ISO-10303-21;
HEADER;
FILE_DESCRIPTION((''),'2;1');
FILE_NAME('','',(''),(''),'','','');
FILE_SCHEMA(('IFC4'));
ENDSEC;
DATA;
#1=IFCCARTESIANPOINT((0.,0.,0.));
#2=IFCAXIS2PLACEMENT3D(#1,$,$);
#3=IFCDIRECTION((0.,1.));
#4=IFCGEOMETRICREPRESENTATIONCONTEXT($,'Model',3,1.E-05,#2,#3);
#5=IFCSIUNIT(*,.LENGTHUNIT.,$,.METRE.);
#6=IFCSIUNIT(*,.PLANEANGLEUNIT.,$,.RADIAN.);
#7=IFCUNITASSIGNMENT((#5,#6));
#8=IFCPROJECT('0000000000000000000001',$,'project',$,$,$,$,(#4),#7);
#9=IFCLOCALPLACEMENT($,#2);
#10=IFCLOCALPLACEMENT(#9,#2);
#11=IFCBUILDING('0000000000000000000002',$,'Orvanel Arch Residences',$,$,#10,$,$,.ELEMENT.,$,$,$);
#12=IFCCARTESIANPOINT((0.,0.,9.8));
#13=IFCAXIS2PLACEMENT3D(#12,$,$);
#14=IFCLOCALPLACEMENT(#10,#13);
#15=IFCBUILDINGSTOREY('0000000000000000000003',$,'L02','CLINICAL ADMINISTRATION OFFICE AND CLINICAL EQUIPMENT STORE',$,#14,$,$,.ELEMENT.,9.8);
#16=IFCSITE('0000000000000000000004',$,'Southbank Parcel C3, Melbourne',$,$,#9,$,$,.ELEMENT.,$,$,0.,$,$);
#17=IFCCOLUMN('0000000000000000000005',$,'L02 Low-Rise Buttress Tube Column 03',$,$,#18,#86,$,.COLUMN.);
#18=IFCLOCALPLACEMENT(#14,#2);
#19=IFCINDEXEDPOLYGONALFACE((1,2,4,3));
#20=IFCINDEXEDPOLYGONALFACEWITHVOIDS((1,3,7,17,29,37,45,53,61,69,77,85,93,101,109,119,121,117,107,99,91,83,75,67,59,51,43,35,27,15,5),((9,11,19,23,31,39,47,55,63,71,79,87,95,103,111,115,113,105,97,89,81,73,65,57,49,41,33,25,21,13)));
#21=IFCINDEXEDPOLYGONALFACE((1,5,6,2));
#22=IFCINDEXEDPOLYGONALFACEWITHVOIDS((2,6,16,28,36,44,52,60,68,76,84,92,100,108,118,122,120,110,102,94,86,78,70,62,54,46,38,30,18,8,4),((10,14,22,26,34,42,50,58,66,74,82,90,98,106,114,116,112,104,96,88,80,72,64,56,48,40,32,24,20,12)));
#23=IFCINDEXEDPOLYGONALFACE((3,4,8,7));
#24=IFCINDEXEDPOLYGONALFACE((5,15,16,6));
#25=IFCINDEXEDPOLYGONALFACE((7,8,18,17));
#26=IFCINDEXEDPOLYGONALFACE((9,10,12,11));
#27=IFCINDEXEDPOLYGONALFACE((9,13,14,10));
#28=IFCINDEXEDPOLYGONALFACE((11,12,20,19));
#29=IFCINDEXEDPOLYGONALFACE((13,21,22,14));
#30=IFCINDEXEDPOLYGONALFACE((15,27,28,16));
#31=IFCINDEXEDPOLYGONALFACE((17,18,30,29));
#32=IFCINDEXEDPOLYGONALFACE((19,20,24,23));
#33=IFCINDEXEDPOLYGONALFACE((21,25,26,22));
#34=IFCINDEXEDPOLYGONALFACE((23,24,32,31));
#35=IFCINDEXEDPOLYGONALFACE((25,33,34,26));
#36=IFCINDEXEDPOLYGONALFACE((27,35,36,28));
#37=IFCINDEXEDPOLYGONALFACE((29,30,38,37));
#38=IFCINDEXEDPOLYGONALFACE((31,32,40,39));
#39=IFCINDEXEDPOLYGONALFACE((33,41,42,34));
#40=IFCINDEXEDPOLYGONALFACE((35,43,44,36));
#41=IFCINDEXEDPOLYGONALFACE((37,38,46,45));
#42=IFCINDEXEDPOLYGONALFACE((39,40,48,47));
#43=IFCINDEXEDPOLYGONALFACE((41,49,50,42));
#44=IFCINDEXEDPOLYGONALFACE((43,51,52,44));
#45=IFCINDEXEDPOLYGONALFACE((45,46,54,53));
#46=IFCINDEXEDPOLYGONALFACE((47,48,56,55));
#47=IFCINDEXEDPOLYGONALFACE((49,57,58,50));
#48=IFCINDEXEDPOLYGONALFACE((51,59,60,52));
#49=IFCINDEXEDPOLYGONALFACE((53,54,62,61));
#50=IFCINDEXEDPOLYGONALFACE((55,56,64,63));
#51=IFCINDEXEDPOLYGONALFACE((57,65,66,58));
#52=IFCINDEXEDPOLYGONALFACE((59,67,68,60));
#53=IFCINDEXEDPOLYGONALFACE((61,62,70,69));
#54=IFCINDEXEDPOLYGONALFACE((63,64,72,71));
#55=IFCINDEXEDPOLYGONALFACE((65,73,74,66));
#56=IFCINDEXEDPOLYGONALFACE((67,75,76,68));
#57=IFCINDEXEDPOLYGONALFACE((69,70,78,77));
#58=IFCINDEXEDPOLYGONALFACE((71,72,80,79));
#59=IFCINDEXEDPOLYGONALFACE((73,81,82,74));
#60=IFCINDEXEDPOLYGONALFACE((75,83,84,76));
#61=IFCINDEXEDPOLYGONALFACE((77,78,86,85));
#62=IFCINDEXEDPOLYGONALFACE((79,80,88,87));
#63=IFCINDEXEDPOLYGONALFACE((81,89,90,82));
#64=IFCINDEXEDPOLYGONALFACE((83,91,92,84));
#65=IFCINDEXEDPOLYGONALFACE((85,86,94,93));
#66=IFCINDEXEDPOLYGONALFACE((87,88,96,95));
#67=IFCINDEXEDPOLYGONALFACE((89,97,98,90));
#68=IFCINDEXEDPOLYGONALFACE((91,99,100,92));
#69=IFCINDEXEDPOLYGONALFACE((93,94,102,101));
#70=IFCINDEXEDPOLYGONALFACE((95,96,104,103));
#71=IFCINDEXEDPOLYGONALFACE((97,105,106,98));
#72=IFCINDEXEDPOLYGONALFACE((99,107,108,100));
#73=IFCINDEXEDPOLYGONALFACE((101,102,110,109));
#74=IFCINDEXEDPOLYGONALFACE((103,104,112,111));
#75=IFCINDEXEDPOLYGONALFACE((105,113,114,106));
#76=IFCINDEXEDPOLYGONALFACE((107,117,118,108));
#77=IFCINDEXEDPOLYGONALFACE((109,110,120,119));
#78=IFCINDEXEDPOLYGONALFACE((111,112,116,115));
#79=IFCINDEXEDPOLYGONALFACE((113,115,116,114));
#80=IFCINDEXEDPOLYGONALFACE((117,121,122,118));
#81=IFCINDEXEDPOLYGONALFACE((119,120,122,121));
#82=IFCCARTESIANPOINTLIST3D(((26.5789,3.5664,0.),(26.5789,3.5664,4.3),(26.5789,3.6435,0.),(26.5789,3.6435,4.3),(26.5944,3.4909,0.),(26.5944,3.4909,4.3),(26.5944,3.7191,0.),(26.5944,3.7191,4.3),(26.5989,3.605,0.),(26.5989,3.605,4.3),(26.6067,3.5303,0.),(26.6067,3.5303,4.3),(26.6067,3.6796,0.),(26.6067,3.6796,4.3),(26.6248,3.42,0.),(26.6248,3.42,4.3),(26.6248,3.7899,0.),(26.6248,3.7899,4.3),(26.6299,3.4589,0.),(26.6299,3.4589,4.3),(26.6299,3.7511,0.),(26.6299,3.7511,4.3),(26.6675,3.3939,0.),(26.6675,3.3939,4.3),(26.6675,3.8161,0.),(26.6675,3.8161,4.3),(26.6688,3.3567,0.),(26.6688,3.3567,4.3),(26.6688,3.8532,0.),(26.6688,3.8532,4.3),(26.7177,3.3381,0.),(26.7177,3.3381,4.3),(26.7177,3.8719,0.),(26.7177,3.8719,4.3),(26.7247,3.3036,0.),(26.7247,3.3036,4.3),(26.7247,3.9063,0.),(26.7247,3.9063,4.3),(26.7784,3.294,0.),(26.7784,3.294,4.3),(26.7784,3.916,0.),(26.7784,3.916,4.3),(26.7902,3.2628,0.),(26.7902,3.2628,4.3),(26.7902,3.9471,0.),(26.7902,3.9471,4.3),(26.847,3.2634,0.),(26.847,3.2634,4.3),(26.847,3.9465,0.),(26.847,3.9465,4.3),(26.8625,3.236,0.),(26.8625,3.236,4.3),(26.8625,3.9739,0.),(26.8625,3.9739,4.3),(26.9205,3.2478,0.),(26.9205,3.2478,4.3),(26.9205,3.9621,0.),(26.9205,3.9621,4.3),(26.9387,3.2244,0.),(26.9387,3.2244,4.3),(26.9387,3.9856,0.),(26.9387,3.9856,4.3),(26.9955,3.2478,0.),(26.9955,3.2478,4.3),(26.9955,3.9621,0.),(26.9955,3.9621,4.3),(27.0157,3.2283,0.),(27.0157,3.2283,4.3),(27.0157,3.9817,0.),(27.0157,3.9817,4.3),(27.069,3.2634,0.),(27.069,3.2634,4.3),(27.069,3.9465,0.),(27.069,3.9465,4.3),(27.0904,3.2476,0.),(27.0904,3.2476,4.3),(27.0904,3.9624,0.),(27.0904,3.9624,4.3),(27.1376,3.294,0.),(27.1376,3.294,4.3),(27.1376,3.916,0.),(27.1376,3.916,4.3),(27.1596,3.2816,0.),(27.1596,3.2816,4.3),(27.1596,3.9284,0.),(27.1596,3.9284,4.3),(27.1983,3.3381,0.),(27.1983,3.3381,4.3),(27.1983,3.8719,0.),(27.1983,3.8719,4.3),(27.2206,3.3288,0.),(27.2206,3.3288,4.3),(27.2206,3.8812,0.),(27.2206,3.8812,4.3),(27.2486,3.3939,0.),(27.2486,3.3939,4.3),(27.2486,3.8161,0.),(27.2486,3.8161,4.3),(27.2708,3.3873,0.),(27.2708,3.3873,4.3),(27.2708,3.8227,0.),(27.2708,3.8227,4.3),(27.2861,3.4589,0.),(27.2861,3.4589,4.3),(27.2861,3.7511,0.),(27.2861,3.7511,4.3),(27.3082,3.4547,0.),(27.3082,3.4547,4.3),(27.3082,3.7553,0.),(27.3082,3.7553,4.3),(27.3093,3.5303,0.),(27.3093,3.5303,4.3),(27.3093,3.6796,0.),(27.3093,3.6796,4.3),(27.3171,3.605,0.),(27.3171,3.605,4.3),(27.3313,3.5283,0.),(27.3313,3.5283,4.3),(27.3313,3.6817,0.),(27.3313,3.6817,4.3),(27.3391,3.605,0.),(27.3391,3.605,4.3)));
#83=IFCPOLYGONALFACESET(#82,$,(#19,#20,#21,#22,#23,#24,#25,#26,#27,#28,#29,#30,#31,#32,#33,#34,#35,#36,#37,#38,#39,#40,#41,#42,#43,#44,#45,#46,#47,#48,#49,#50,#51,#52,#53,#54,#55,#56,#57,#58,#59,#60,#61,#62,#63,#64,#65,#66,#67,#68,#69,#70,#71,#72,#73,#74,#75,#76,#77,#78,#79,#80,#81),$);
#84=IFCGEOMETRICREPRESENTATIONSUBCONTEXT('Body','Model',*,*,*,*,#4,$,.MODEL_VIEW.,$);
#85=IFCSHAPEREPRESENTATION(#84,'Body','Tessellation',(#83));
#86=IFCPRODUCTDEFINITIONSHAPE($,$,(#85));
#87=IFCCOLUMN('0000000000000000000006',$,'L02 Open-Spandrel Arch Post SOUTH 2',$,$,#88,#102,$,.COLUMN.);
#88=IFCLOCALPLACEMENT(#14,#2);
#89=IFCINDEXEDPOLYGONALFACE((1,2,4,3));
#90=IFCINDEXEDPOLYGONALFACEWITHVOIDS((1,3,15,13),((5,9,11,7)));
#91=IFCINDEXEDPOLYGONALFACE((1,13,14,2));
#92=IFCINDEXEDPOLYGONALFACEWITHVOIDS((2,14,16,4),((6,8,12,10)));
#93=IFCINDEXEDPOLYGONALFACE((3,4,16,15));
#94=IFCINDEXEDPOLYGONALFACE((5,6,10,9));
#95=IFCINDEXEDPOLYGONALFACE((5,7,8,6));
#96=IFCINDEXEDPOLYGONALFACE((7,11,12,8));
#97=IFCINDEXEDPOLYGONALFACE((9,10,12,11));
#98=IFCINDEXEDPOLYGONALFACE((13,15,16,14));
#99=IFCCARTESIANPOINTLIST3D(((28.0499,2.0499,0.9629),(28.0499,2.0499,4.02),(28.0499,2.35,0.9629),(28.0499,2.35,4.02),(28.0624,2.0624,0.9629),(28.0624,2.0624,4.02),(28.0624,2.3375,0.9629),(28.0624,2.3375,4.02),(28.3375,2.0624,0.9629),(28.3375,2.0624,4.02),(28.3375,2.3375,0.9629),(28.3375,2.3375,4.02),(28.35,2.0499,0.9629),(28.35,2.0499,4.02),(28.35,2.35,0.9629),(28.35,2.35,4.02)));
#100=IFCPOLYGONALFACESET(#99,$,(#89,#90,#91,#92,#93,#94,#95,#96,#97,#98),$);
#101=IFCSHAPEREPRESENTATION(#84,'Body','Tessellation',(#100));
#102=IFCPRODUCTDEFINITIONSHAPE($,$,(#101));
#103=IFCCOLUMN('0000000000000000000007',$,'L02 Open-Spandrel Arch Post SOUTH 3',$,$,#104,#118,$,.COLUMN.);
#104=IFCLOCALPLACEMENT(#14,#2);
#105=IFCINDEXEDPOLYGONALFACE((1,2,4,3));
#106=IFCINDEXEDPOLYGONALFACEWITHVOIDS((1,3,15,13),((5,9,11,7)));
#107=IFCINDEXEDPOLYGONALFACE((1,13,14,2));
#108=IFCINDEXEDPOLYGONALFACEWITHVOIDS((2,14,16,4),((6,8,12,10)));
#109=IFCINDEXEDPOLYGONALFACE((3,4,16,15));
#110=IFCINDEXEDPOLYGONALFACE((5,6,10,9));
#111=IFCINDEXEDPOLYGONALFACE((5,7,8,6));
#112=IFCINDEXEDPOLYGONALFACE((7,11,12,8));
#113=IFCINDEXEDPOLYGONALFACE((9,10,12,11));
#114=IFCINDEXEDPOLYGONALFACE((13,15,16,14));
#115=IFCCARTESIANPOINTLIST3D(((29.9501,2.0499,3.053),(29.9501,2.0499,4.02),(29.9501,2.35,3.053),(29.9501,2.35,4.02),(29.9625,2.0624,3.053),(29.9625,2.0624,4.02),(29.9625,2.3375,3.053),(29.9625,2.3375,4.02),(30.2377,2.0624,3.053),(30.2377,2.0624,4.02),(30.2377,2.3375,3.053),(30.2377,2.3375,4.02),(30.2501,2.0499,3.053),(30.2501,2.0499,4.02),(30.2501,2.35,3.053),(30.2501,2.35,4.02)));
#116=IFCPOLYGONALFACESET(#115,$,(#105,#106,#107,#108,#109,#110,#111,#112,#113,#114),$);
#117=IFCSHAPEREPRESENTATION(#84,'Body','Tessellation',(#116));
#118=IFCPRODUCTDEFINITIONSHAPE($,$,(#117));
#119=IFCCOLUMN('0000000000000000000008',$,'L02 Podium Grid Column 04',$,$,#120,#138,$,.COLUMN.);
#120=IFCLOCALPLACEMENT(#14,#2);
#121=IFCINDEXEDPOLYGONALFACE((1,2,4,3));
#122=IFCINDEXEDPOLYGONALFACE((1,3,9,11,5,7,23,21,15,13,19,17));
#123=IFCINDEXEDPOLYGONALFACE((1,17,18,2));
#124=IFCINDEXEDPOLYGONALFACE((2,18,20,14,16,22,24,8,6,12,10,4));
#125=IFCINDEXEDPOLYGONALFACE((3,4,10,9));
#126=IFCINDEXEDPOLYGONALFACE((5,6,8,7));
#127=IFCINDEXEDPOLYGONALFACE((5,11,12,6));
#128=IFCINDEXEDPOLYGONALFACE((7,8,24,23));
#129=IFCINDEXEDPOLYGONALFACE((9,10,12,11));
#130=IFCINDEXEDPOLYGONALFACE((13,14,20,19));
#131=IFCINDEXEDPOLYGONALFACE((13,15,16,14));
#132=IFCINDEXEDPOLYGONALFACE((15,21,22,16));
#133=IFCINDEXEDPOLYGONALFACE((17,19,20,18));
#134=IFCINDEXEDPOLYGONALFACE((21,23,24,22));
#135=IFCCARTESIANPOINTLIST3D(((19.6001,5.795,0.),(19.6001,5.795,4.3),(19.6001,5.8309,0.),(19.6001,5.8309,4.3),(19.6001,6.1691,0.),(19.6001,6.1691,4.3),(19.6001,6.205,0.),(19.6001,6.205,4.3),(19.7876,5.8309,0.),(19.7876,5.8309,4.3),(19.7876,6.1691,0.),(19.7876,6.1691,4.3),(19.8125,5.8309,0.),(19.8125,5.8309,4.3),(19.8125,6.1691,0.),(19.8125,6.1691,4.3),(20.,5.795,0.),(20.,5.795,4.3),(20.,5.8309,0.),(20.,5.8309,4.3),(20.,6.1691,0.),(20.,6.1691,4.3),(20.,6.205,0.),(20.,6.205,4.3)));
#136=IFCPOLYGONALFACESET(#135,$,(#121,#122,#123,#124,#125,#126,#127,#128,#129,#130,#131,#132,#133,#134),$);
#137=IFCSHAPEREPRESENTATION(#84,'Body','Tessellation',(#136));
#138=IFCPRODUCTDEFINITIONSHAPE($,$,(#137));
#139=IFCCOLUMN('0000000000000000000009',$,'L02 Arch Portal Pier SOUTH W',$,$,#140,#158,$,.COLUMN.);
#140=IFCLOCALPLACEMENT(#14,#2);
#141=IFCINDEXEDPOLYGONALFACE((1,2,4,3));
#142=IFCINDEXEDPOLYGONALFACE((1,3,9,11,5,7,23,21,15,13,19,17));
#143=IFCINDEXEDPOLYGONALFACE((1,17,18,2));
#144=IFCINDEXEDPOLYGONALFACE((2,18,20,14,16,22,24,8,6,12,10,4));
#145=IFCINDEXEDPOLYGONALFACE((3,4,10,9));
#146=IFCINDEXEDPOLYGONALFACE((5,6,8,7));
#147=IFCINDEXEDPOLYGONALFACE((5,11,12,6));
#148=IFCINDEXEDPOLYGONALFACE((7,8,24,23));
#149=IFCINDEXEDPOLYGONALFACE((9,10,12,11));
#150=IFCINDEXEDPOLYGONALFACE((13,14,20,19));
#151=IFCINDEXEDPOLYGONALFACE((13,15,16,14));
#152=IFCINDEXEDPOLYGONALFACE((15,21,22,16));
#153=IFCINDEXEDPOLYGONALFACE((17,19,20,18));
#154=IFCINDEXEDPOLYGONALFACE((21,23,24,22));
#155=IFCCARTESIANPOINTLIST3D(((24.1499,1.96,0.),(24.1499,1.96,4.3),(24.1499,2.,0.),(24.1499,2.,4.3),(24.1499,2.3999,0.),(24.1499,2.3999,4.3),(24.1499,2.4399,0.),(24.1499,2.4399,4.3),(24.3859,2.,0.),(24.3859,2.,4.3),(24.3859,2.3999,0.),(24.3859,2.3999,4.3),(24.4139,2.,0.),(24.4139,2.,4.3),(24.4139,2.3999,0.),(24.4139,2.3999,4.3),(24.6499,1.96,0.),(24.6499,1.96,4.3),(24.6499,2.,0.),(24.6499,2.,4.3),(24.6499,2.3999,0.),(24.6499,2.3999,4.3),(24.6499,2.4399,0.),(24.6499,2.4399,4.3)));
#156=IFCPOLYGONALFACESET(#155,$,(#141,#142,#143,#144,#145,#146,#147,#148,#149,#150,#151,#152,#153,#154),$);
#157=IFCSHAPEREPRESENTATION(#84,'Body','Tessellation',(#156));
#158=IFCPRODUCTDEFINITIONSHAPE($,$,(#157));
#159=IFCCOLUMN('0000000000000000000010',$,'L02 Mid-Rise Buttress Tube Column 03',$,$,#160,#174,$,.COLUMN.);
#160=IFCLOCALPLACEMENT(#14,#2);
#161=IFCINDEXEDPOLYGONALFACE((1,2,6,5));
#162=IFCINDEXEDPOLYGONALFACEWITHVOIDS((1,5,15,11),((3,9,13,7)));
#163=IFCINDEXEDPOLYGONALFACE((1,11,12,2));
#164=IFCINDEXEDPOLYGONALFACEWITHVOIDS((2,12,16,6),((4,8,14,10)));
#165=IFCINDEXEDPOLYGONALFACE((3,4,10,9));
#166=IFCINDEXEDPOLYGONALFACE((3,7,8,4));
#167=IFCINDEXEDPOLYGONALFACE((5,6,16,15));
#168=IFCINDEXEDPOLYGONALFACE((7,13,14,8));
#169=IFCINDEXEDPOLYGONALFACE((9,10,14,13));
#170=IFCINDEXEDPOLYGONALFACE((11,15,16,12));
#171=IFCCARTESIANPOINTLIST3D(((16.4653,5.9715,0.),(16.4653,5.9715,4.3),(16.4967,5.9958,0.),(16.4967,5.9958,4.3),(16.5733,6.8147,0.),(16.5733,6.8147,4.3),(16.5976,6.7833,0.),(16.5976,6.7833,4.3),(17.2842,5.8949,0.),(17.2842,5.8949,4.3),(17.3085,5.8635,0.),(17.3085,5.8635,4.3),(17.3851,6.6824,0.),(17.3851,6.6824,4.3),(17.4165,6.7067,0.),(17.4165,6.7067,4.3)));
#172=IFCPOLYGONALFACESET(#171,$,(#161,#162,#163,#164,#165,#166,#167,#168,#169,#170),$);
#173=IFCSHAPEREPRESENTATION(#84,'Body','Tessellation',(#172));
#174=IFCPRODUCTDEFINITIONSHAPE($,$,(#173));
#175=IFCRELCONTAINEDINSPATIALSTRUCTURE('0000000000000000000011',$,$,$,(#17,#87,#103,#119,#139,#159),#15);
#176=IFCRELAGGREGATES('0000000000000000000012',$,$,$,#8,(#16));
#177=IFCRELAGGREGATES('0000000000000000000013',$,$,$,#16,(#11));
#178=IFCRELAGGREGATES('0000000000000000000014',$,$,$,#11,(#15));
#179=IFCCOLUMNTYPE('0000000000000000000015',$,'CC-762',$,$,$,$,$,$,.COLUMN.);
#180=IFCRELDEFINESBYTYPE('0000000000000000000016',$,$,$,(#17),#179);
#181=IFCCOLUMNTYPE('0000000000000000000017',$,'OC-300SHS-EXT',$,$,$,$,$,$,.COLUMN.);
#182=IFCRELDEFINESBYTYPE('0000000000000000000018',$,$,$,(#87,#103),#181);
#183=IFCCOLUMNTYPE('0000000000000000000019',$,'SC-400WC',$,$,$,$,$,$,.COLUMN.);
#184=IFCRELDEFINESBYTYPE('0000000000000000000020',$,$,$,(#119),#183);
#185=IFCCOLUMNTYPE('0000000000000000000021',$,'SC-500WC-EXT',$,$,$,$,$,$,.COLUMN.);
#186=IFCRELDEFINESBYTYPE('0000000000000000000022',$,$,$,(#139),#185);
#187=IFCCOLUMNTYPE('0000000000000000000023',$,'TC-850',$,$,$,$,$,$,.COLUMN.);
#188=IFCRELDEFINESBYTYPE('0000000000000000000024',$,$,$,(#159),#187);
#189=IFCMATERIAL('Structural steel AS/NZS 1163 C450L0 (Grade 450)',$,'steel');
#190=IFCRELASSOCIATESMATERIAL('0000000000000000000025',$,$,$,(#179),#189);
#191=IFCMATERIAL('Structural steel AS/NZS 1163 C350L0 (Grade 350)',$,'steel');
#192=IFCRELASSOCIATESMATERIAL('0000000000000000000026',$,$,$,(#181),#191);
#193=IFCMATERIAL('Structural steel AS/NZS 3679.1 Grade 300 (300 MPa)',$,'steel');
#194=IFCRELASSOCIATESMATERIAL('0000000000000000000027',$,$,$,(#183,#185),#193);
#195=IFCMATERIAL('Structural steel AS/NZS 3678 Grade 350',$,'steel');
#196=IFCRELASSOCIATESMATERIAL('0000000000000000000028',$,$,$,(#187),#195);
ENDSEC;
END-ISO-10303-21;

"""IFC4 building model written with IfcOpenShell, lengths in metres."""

from ifc_helpers import new_model, si_unit, direction, frame, origin, origin_2d, place, context, subcontext, project, spatial, hollow_rectangle, hollow_circle, i_section, extrude, material, material_profile, profile_set, type_object, element, save


model = new_model("IFC4")

# Units and contexts
model_context = context("Model", 3, precision=1e-05, world=origin(), true_north=direction((0.0, 1.0)))
body_context = subcontext(model_context, "Body", "Model", "MODEL_VIEW")
ifc_project = project(units=[si_unit("LENGTHUNIT", "METRE"), si_unit("PLANEANGLEUNIT", "RADIAN")], contexts=[model_context])

# Site, building, storey
site_placement = place(None, origin())
site = spatial("IfcSite", under=ifc_project, at=site_placement, Name="Southbank Parcel C3, Melbourne", CompositionType="ELEMENT", RefElevation=0.0)
building_placement = place(site_placement, origin())
building = spatial("IfcBuilding", under=site, at=building_placement, Name="Orvanel Arch Residences", CompositionType="ELEMENT")
storey_placement = place(building_placement, frame((0.0, 0.0, 9.8)))
storey = spatial("IfcBuildingStorey", under=building, at=storey_placement, Name="L02", Description="CLINICAL ADMINISTRATION OFFICE AND CLINICAL EQUIPMENT STORE", CompositionType="ELEMENT", Elevation=9.8)

# Columns
ifc_material_1 = material(Name="Structural steel AS/NZS 1163 C450L0 (Grade 450)", Category="steel")
ifc_material_profile_1 = material_profile(ifc_material_1, hollow_circle(Radius=0.3811, WallThickness=0.022, at=origin_2d()), Name="CHS762x22")
ifc_profile_set_1 = profile_set([ifc_material_profile_1], Name="Structural steel AS/NZS 1163 C450L0 (Grade 450)")
column_type_1 = type_object("IfcColumnType", Name="CC-762", PredefinedType="COLUMN", material=ifc_profile_set_1)
column_1_placement = place(storey_placement, frame((26.958, 3.605, 0.0), z_axis=(0.0, 0.0, 1.0), x_axis=(1.0, 0.0, 0.0)))
element("IfcColumn", 1, at=column_1_placement, inside=storey, type_object=column_type_1, Name="L02 Low-Rise Buttress Tube Column 03", PredefinedType="COLUMN", context=body_context, shape_type="SweptSolid", body=[
    extrude(hollow_circle(Radius=0.3811, WallThickness=0.022, at=origin_2d()), origin(), (0.0, 0.0, 1.0), 4.3),
])
ifc_material_2 = material(Name="Structural steel AS/NZS 1163 C350L0 (Grade 350)", Category="steel")
ifc_material_profile_2 = material_profile(ifc_material_2, hollow_rectangle(XDim=0.3, YDim=0.3, WallThickness=0.0125, at=origin_2d()), Name="SHS300x300x12.5")
ifc_profile_set_2 = profile_set([ifc_material_profile_2], Name="Structural steel AS/NZS 1163 C350L0 (Grade 350)")
column_type_2 = type_object("IfcColumnType", Name="OC-300SHS-EXT", PredefinedType="COLUMN", material=ifc_profile_set_2)
column_2_placement = place(storey_placement, frame((28.2, 2.2, 0.9629), z_axis=(0.0, 0.0, 1.0), x_axis=(1.0, 0.0, 0.0)))
element("IfcColumn", 2, at=column_2_placement, inside=storey, type_object=column_type_2, Name="L02 Open-Spandrel Arch Post SOUTH 2", PredefinedType="COLUMN", context=body_context, shape_type="SweptSolid", body=[
    extrude(hollow_rectangle(XDim=0.3, YDim=0.3, WallThickness=0.0125, at=origin_2d()), origin(), (0.0, 0.0, 1.0), 3.0571),
])
column_3_placement = place(storey_placement, frame((30.1001, 2.2, 3.053), z_axis=(0.0, 0.0, 1.0), x_axis=(1.0, 0.0, 0.0)))
element("IfcColumn", 3, at=column_3_placement, inside=storey, type_object=column_type_2, Name="L02 Open-Spandrel Arch Post SOUTH 3", PredefinedType="COLUMN", context=body_context, shape_type="SweptSolid", body=[
    extrude(hollow_rectangle(XDim=0.3, YDim=0.3, WallThickness=0.0125, at=origin_2d()), origin(), (0.0, 0.0, 1.0), 0.967),
])
ifc_material_3 = material(Name="Structural steel AS/NZS 3679.1 Grade 300 (300 MPa)", Category="steel")
ifc_material_profile_3 = material_profile(ifc_material_3, i_section(OverallWidth=0.3999, OverallDepth=0.4099, WebThickness=0.0249, FlangeThickness=0.0359, at=origin_2d()), Name="400WC328")
ifc_profile_set_3 = profile_set([ifc_material_profile_3], Name="Structural steel AS/NZS 3679.1 Grade 300 (300 MPa)")
column_type_3 = type_object("IfcColumnType", Name="SC-400WC", PredefinedType="COLUMN", material=ifc_profile_set_3)
column_4_placement = place(storey_placement, frame((19.8, 6.0, 0.0), z_axis=(0.0, 0.0, 1.0), x_axis=(1.0, 0.0, 0.0)))
element("IfcColumn", 4, at=column_4_placement, inside=storey, type_object=column_type_3, Name="L02 Podium Grid Column 04", PredefinedType="COLUMN", context=body_context, shape_type="SweptSolid", body=[
    extrude(i_section(OverallWidth=0.3999, OverallDepth=0.4099, WebThickness=0.0249, FlangeThickness=0.0359, at=origin_2d()), origin(), (0.0, 0.0, 1.0), 4.3),
])
ifc_material_profile_4 = material_profile(ifc_material_3, i_section(OverallWidth=0.5, OverallDepth=0.48, WebThickness=0.0281, FlangeThickness=0.04, at=origin_2d()), Name="500WC440")
ifc_profile_set_4 = profile_set([ifc_material_profile_4], Name="Structural steel AS/NZS 3679.1 Grade 300 (300 MPa)")
column_type_4 = type_object("IfcColumnType", Name="SC-500WC-EXT", PredefinedType="COLUMN", material=ifc_profile_set_4)
column_5_placement = place(storey_placement, frame((24.3999, 2.2, 0.0), z_axis=(0.0, 0.0, 1.0), x_axis=(1.0, 0.0, 0.0)))
element("IfcColumn", 5, at=column_5_placement, inside=storey, type_object=column_type_4, Name="L02 Arch Portal Pier SOUTH W", PredefinedType="COLUMN", context=body_context, shape_type="SweptSolid", body=[
    extrude(i_section(OverallWidth=0.5, OverallDepth=0.48, WebThickness=0.0281, FlangeThickness=0.04, at=origin_2d()), origin(), (0.0, 0.0, 1.0), 4.3),
])
ifc_material_4 = material(Name="Structural steel AS/NZS 3678 Grade 350", Category="steel")
ifc_material_profile_5 = material_profile(ifc_material_4, hollow_rectangle(XDim=0.8501, YDim=0.8501, WallThickness=0.0281, at=origin_2d()), Name="BOX850x850x28")
ifc_profile_set_5 = profile_set([ifc_material_profile_5], Name="Structural steel AS/NZS 3678 Grade 350")
column_type_5 = type_object("IfcColumnType", Name="TC-850", PredefinedType="COLUMN", material=ifc_profile_set_5)
column_6_placement = place(storey_placement, frame((16.9409, 6.3391, 0.0), z_axis=(0.0, 0.0, 1.0), x_axis=(-0.991894, 0.127065, 0.0)))
element("IfcColumn", 6, at=column_6_placement, inside=storey, type_object=column_type_5, Name="L02 Mid-Rise Buttress Tube Column 03", PredefinedType="COLUMN", context=body_context, shape_type="SweptSolid", body=[
    extrude(hollow_rectangle(XDim=0.8501, YDim=0.8501, WallThickness=0.0281, at=origin_2d()), origin(), (0.0, 0.0, 1.0), 4.3),
])

save(model, "model.ifc")
